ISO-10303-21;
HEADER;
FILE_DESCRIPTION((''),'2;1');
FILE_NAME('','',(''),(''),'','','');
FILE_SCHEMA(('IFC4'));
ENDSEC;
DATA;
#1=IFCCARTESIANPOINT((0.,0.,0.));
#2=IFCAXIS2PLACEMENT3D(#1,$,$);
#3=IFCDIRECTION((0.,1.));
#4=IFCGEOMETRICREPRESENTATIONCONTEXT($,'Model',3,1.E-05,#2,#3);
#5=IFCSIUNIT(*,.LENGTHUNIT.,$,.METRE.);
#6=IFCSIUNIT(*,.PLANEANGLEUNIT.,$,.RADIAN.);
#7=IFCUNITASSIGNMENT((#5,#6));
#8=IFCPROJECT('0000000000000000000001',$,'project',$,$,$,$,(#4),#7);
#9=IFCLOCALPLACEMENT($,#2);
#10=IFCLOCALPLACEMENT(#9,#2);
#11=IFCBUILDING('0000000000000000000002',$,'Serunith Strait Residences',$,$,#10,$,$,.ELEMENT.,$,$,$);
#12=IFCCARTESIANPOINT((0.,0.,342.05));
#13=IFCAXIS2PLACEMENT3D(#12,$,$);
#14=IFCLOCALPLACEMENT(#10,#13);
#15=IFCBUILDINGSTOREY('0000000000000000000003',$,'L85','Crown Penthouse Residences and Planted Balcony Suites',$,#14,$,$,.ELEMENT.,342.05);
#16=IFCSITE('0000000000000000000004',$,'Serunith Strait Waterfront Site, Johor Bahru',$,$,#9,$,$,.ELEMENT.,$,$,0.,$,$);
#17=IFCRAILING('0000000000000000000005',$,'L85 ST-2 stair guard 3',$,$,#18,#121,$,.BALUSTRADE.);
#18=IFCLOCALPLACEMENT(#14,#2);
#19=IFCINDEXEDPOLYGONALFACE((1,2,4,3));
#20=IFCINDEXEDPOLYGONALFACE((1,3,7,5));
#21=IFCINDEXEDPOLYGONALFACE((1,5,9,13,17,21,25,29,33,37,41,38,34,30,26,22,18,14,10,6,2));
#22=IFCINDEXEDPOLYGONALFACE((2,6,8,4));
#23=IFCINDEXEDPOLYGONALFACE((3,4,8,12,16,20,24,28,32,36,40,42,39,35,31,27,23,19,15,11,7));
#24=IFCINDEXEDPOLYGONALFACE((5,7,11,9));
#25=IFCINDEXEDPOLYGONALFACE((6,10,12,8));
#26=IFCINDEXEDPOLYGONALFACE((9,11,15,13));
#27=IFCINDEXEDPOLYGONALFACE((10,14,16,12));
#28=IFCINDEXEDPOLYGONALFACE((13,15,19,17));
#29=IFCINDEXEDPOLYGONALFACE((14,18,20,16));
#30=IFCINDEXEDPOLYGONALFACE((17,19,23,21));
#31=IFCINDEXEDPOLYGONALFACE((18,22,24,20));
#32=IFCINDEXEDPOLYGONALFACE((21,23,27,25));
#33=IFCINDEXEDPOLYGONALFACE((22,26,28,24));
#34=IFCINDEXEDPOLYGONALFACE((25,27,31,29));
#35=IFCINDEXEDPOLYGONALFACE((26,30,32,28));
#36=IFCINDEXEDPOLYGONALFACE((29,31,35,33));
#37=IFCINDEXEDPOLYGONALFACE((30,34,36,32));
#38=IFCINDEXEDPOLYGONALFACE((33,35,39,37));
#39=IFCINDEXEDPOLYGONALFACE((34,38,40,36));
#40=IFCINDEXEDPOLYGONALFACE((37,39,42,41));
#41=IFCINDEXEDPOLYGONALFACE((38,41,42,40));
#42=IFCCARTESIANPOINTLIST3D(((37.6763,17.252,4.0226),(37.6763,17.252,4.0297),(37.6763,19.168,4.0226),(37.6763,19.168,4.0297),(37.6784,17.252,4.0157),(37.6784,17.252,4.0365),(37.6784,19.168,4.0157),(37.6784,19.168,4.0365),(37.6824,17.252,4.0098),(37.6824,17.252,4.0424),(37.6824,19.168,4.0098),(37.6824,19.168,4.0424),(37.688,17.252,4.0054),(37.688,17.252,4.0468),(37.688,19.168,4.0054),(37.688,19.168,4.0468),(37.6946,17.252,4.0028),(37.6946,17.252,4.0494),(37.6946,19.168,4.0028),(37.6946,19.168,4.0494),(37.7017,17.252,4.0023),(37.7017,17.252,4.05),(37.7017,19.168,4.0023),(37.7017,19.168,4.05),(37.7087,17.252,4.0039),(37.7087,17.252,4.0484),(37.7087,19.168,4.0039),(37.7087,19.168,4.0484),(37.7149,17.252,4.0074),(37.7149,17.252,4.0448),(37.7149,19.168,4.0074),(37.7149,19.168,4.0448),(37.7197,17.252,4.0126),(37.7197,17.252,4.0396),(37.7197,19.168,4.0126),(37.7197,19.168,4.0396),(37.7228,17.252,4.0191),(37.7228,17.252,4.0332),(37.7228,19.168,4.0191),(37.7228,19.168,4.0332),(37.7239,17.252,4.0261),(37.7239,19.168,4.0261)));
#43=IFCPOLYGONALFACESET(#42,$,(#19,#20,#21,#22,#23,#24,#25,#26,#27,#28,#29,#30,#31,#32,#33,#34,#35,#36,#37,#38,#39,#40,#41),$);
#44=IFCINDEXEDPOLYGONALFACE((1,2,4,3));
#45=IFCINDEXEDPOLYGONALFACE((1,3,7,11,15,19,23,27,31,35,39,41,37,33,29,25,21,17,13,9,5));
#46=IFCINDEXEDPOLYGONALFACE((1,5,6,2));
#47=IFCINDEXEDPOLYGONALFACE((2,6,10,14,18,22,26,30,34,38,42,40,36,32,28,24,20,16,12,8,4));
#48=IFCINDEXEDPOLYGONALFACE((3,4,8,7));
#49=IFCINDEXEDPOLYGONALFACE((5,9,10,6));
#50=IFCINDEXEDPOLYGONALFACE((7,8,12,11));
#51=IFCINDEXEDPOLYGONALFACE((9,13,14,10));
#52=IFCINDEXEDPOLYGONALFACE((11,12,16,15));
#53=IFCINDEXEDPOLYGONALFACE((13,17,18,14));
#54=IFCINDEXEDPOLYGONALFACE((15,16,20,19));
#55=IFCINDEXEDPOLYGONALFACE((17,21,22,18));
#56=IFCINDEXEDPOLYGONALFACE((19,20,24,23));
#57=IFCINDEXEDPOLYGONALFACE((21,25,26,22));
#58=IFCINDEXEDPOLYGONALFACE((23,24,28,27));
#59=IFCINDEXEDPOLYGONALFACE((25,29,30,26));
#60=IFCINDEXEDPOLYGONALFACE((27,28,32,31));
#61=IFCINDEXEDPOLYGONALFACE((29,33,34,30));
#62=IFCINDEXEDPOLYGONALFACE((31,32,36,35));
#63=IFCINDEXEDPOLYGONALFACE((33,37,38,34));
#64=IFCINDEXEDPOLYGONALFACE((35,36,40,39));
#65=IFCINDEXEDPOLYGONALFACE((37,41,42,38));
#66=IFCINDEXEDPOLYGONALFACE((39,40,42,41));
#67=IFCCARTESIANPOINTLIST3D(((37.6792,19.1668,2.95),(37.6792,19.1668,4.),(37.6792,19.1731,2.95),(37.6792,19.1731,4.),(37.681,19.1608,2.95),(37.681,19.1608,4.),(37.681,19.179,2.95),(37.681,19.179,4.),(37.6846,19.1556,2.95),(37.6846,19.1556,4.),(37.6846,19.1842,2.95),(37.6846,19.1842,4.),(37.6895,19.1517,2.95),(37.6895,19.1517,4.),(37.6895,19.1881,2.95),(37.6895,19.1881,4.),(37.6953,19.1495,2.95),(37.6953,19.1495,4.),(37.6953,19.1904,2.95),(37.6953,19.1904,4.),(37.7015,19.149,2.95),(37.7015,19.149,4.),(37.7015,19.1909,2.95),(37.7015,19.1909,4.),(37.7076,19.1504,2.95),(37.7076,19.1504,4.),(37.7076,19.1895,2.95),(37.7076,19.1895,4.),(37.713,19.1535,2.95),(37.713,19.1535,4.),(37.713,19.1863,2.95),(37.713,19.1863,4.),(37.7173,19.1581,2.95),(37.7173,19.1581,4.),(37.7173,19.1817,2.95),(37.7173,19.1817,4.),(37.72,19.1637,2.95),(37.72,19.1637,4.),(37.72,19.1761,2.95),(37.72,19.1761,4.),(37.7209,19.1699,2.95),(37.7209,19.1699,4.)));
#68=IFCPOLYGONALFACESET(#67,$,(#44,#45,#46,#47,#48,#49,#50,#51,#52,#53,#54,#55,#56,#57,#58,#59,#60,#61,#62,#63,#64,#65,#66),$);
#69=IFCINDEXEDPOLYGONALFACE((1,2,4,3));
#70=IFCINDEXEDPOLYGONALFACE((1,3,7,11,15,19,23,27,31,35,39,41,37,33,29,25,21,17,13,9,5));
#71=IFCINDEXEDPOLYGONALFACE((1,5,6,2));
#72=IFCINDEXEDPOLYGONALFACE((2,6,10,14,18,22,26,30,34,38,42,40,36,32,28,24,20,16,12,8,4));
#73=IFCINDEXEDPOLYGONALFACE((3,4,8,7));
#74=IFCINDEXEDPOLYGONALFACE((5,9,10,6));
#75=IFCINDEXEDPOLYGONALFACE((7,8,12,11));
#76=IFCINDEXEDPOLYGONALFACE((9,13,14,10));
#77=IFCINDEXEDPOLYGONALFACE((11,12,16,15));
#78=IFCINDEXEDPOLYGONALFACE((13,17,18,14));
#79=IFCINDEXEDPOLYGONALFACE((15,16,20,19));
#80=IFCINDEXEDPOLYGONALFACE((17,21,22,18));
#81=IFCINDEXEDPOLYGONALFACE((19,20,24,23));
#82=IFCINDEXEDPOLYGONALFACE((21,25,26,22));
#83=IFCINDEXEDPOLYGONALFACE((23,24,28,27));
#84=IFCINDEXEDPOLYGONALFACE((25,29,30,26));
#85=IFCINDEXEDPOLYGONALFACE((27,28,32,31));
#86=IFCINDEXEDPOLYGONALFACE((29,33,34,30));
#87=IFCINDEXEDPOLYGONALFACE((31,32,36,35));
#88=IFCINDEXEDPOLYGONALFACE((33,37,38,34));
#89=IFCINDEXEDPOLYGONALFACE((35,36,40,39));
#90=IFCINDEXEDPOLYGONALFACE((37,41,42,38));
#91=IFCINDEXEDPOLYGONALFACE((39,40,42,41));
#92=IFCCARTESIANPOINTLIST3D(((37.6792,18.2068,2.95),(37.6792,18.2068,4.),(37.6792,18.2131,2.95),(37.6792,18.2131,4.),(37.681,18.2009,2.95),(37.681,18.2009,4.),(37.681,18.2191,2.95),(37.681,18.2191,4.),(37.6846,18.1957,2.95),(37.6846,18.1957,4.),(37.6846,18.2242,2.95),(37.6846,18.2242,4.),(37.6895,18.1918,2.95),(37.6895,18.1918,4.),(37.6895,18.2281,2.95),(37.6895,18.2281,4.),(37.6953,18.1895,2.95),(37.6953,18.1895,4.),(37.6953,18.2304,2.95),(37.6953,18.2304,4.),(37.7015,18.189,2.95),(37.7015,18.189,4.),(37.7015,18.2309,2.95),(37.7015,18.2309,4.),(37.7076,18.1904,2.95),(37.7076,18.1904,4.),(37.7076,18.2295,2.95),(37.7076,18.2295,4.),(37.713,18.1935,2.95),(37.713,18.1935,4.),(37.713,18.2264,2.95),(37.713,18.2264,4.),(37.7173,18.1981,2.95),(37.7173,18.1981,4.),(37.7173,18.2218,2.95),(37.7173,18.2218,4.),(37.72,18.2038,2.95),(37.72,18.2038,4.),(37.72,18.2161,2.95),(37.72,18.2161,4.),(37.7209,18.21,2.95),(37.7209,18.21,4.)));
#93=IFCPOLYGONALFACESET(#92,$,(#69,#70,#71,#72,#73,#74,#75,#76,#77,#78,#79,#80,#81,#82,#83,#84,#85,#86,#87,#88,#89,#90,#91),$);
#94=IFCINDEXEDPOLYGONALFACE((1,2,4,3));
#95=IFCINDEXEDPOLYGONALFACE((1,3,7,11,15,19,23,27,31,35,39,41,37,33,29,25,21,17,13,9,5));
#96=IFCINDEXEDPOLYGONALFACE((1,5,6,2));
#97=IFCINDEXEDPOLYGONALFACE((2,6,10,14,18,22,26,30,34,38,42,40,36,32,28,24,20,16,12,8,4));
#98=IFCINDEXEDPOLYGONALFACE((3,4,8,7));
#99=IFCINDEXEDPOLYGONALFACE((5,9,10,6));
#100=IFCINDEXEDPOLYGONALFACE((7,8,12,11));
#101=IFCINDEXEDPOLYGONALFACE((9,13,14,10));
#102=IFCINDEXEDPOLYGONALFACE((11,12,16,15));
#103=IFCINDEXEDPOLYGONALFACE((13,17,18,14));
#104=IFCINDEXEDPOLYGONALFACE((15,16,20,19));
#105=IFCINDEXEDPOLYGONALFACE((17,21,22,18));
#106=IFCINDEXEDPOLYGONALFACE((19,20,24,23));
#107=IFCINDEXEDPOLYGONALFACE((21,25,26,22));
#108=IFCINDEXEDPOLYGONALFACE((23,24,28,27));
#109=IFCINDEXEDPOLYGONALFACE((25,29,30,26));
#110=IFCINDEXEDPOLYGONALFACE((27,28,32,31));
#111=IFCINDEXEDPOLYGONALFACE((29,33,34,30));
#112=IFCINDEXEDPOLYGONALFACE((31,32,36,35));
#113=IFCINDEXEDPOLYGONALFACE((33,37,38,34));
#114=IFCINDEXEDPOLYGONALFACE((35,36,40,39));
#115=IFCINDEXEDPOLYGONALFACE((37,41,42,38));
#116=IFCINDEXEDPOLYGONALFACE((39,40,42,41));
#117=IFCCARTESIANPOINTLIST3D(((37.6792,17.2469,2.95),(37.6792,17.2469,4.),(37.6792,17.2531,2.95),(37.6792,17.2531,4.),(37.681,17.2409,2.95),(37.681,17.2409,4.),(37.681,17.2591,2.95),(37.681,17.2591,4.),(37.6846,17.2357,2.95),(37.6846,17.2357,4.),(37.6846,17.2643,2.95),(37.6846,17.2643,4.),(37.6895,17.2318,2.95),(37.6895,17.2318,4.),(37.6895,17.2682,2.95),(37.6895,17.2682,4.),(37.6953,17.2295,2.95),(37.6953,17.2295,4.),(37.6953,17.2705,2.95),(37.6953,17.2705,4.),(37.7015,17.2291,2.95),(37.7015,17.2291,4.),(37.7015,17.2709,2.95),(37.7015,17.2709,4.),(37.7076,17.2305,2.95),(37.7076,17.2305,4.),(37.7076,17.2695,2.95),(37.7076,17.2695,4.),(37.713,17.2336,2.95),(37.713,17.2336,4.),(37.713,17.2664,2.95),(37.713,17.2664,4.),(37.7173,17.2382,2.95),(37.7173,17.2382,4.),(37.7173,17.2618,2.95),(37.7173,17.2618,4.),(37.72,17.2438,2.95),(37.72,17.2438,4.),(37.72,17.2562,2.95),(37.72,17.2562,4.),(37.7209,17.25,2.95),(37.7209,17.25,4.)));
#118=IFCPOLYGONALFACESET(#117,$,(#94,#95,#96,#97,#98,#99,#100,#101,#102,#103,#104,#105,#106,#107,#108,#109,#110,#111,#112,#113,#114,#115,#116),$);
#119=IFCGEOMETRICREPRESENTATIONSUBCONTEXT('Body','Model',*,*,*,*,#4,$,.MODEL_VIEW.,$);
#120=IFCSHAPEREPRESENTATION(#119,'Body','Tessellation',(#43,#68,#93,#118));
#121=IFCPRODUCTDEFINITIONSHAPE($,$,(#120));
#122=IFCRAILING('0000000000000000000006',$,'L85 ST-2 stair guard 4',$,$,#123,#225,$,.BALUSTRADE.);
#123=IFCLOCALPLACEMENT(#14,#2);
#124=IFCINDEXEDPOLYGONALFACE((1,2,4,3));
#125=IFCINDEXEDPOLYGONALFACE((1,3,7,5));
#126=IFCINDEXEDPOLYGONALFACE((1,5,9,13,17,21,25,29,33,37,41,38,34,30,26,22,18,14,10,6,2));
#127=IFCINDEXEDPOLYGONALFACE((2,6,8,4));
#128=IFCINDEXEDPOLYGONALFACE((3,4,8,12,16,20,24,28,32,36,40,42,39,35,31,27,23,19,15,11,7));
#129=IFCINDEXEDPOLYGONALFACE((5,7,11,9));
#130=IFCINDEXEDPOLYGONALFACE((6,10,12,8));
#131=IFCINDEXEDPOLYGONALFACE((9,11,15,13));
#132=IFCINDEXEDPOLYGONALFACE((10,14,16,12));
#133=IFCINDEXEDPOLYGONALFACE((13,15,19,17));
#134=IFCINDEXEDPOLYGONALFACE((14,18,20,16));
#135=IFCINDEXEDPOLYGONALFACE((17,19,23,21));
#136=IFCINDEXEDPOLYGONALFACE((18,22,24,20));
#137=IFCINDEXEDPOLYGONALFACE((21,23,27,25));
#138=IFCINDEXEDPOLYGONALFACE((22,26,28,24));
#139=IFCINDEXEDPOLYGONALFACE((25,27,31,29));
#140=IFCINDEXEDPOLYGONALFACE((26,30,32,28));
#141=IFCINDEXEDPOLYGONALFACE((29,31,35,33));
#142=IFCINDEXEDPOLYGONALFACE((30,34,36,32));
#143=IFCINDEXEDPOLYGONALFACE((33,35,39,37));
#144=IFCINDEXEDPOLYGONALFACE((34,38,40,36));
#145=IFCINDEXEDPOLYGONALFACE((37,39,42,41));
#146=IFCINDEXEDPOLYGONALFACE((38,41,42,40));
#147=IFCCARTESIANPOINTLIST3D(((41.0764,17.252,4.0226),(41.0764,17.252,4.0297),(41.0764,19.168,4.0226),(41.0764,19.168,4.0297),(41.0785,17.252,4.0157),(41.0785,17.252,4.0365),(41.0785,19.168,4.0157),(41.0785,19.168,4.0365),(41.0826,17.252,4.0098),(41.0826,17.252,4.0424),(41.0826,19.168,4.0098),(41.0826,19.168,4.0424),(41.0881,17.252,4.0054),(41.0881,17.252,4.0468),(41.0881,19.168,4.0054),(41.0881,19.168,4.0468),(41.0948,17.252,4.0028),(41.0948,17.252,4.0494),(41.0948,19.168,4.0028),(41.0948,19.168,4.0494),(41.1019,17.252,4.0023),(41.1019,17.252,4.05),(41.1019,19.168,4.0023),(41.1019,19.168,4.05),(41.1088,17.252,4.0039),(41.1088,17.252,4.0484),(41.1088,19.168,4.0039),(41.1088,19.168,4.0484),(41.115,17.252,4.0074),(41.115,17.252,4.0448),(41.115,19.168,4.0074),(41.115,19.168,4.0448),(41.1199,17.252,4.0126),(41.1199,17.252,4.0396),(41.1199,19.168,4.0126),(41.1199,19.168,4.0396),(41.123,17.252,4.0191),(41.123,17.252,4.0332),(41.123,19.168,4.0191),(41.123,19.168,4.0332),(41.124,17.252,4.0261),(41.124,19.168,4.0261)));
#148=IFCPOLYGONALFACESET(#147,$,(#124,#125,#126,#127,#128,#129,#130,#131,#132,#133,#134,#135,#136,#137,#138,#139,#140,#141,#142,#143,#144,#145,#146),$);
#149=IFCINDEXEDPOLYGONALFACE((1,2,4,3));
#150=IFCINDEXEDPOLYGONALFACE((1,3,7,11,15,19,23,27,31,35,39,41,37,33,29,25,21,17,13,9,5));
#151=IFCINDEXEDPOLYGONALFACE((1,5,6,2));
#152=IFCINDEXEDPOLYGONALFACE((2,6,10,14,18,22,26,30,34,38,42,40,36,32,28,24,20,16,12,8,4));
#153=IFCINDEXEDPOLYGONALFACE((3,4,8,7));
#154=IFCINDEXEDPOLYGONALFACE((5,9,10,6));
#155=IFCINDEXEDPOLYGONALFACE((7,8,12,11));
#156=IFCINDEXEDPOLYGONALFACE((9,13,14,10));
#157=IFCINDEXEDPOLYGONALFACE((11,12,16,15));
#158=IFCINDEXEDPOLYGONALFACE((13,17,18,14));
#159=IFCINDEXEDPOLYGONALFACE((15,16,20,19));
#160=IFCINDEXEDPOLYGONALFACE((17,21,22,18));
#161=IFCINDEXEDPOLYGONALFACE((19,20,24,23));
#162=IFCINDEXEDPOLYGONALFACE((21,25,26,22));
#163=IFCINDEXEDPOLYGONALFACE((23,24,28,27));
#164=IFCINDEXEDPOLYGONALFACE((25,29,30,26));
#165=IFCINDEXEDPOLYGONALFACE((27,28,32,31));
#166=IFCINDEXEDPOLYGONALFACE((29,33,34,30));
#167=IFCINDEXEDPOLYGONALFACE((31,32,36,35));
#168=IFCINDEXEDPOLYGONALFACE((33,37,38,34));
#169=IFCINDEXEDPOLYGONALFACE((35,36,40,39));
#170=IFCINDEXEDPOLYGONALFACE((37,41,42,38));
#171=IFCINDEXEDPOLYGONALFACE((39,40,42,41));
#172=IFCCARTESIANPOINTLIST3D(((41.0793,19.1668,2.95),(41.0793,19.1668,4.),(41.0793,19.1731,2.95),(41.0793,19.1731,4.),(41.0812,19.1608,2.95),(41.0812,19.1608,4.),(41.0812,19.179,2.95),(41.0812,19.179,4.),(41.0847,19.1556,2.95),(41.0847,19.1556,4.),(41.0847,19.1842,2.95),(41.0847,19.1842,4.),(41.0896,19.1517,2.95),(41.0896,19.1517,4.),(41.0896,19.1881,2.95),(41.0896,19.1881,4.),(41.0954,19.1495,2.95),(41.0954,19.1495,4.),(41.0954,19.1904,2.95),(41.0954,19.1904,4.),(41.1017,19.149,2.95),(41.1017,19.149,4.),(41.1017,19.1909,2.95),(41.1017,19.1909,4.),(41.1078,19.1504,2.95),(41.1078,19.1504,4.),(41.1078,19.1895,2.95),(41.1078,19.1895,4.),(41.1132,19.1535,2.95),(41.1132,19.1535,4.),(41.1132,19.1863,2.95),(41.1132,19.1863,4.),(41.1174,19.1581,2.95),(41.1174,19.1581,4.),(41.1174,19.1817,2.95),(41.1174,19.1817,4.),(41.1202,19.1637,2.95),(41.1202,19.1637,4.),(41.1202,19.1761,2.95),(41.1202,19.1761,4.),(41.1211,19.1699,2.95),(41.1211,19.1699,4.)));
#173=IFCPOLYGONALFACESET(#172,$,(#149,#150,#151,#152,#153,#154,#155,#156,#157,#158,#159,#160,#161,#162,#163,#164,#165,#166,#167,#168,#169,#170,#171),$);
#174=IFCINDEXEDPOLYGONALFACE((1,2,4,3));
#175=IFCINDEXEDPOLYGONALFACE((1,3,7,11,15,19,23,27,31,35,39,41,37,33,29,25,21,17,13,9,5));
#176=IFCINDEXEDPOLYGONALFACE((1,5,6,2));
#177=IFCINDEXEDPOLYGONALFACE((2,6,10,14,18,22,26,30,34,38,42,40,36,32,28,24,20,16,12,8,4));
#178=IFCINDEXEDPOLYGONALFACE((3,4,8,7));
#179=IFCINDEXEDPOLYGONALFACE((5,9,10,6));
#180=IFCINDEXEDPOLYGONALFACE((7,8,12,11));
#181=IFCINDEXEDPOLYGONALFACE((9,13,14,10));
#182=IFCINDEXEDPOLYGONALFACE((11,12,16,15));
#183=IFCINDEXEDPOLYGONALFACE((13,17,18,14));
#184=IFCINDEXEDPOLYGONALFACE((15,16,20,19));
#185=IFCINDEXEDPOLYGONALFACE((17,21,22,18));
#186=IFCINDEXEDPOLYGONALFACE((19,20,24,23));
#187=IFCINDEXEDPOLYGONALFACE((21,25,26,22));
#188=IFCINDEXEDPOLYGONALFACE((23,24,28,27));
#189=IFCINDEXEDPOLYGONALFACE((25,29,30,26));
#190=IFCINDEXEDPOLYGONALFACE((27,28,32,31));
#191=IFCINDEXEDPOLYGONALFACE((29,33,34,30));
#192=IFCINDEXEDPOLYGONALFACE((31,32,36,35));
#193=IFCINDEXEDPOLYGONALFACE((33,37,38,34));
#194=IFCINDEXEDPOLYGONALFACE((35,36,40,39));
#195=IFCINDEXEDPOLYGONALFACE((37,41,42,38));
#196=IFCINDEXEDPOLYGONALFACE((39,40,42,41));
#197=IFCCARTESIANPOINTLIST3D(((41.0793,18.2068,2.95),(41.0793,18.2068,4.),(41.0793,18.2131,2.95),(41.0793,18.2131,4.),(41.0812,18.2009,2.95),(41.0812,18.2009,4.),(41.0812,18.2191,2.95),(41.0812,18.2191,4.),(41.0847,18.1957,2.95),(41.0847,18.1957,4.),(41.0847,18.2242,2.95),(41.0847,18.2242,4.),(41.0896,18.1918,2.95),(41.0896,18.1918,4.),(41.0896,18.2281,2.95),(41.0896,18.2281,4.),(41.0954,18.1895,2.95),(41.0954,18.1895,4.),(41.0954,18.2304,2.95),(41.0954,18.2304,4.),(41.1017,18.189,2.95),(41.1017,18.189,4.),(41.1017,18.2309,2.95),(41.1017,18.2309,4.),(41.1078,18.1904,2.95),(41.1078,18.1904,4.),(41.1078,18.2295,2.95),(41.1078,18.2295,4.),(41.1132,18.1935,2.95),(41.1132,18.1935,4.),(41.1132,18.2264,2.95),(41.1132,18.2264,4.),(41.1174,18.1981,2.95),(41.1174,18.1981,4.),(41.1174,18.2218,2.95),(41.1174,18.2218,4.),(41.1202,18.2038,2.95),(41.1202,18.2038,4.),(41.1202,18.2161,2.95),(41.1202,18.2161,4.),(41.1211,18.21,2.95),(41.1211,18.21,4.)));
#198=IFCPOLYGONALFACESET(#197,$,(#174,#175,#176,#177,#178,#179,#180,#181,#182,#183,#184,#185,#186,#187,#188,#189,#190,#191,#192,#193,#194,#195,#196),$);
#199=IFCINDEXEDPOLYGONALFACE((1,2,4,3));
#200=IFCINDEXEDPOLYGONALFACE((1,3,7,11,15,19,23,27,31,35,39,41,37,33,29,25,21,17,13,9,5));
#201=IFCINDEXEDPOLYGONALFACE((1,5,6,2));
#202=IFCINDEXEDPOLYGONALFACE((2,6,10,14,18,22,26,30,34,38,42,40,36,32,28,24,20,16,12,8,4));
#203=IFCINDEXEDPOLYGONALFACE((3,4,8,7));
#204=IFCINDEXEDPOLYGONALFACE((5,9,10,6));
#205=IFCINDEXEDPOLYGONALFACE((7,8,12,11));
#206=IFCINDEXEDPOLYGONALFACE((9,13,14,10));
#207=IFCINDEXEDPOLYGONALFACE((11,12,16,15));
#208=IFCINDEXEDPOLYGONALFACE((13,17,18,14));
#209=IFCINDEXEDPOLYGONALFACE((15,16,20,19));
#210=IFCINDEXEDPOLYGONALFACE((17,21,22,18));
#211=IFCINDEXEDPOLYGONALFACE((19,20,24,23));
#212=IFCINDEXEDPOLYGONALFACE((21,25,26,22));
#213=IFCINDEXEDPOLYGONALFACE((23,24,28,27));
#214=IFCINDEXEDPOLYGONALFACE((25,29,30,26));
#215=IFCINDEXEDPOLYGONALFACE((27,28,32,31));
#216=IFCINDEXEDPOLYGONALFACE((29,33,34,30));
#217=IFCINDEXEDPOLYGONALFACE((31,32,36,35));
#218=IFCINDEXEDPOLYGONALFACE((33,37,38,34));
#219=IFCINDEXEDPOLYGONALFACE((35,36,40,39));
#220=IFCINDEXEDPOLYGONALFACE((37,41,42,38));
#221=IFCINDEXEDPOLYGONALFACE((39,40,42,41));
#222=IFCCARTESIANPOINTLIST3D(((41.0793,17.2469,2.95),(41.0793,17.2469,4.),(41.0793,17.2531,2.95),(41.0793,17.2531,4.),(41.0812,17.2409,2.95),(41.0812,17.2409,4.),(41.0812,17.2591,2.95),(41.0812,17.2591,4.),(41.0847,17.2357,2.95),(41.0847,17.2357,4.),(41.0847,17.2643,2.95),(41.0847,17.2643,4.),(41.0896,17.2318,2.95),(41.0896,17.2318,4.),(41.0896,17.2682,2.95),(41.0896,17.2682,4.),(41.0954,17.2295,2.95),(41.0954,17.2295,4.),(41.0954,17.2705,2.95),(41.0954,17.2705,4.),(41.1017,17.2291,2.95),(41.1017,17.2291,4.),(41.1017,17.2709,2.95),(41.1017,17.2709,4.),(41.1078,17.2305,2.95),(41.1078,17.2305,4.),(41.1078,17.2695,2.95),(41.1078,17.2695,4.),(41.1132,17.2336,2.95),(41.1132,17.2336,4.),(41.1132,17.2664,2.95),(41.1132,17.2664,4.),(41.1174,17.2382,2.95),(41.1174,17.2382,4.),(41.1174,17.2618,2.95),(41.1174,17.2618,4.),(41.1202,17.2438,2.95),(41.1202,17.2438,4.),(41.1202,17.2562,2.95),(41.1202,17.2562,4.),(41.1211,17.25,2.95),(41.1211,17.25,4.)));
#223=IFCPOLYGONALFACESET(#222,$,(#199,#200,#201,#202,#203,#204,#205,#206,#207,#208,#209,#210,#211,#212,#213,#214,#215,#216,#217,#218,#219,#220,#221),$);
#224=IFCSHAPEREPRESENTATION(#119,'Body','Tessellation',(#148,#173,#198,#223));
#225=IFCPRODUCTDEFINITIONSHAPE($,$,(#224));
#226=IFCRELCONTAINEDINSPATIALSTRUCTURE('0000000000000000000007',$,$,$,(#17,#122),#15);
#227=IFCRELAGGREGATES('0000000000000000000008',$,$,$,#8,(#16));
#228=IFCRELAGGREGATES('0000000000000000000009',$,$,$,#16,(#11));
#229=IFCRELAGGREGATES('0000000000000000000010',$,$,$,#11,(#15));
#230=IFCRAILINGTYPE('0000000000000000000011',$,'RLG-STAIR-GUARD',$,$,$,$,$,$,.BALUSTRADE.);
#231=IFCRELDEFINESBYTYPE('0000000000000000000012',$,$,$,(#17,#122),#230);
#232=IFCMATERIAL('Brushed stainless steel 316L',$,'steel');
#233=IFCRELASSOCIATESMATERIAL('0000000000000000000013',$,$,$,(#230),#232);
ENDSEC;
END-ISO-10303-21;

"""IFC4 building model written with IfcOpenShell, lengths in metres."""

from ifc_helpers import new_model, si_unit, direction, frame, origin, origin_2d, place, context, subcontext, project, spatial, circle, extrude, material, type_object, element, save


model = new_model("IFC4")

# Units and contexts
model_context = context("Model", 3, precision=1e-05, world=origin(), true_north=direction((0.0, 1.0)))
body_context = subcontext(model_context, "Body", "Model", "MODEL_VIEW")
ifc_project = project(units=[si_unit("LENGTHUNIT", "METRE"), si_unit("PLANEANGLEUNIT", "RADIAN")], contexts=[model_context])

# Site, building, storey
site_placement = place(None, origin())
site = spatial("IfcSite", under=ifc_project, at=site_placement, Name="Serunith Strait Waterfront Site, Johor Bahru", CompositionType="ELEMENT", RefElevation=0.0)
building_placement = place(site_placement, origin())
building = spatial("IfcBuilding", under=site, at=building_placement, Name="Serunith Strait Residences", CompositionType="ELEMENT")
storey_placement = place(building_placement, frame((0.0, 0.0, 342.05)))
storey = spatial("IfcBuildingStorey", under=building, at=storey_placement, Name="L85", Description="Crown Penthouse Residences and Planted Balcony Suites", CompositionType="ELEMENT", Elevation=342.05)

# Railings
ifc_material_1 = material(Name="Brushed stainless steel 316L", Category="steel")
railing_type_1 = type_object("IfcRailingType", Name="RLG-STAIR-GUARD", PredefinedType="BALUSTRADE", material=ifc_material_1)
for number, where, name in (
    (1, (37.7, 19.1699, 2.95), "L85 ST-2 stair guard 3"),
    (2, (41.1001, 19.1699, 2.95), "L85 ST-2 stair guard 4"),
):
    element("IfcRailing", number, at=place(storey_placement, frame(where)), inside=storey, type_object=railing_type_1, Name=name, PredefinedType="BALUSTRADE", context=body_context, shape_type="SweptSolid", body=[
        extrude(circle(Radius=0.0239, at=origin_2d()), frame((0.0, -0.002, 1.0762), z_axis=(0.0, -1.0, 0.0), x_axis=(1.0, 0.0, 0.0)), (0.0, 0.0, 1.0), 1.916),
        extrude(circle(Radius=0.021, at=origin_2d()), origin(), (0.0, 0.0, 1.0), 1.05),
        extrude(circle(Radius=0.021, at=origin_2d()), frame((0.0, -0.96, 0.0)), (0.0, 0.0, 1.0), 1.05),
        extrude(circle(Radius=0.021, at=origin_2d()), frame((0.0, -1.9199, 0.0)), (0.0, 0.0, 1.0), 1.05),
    ])

save(model, "model.ifc")
